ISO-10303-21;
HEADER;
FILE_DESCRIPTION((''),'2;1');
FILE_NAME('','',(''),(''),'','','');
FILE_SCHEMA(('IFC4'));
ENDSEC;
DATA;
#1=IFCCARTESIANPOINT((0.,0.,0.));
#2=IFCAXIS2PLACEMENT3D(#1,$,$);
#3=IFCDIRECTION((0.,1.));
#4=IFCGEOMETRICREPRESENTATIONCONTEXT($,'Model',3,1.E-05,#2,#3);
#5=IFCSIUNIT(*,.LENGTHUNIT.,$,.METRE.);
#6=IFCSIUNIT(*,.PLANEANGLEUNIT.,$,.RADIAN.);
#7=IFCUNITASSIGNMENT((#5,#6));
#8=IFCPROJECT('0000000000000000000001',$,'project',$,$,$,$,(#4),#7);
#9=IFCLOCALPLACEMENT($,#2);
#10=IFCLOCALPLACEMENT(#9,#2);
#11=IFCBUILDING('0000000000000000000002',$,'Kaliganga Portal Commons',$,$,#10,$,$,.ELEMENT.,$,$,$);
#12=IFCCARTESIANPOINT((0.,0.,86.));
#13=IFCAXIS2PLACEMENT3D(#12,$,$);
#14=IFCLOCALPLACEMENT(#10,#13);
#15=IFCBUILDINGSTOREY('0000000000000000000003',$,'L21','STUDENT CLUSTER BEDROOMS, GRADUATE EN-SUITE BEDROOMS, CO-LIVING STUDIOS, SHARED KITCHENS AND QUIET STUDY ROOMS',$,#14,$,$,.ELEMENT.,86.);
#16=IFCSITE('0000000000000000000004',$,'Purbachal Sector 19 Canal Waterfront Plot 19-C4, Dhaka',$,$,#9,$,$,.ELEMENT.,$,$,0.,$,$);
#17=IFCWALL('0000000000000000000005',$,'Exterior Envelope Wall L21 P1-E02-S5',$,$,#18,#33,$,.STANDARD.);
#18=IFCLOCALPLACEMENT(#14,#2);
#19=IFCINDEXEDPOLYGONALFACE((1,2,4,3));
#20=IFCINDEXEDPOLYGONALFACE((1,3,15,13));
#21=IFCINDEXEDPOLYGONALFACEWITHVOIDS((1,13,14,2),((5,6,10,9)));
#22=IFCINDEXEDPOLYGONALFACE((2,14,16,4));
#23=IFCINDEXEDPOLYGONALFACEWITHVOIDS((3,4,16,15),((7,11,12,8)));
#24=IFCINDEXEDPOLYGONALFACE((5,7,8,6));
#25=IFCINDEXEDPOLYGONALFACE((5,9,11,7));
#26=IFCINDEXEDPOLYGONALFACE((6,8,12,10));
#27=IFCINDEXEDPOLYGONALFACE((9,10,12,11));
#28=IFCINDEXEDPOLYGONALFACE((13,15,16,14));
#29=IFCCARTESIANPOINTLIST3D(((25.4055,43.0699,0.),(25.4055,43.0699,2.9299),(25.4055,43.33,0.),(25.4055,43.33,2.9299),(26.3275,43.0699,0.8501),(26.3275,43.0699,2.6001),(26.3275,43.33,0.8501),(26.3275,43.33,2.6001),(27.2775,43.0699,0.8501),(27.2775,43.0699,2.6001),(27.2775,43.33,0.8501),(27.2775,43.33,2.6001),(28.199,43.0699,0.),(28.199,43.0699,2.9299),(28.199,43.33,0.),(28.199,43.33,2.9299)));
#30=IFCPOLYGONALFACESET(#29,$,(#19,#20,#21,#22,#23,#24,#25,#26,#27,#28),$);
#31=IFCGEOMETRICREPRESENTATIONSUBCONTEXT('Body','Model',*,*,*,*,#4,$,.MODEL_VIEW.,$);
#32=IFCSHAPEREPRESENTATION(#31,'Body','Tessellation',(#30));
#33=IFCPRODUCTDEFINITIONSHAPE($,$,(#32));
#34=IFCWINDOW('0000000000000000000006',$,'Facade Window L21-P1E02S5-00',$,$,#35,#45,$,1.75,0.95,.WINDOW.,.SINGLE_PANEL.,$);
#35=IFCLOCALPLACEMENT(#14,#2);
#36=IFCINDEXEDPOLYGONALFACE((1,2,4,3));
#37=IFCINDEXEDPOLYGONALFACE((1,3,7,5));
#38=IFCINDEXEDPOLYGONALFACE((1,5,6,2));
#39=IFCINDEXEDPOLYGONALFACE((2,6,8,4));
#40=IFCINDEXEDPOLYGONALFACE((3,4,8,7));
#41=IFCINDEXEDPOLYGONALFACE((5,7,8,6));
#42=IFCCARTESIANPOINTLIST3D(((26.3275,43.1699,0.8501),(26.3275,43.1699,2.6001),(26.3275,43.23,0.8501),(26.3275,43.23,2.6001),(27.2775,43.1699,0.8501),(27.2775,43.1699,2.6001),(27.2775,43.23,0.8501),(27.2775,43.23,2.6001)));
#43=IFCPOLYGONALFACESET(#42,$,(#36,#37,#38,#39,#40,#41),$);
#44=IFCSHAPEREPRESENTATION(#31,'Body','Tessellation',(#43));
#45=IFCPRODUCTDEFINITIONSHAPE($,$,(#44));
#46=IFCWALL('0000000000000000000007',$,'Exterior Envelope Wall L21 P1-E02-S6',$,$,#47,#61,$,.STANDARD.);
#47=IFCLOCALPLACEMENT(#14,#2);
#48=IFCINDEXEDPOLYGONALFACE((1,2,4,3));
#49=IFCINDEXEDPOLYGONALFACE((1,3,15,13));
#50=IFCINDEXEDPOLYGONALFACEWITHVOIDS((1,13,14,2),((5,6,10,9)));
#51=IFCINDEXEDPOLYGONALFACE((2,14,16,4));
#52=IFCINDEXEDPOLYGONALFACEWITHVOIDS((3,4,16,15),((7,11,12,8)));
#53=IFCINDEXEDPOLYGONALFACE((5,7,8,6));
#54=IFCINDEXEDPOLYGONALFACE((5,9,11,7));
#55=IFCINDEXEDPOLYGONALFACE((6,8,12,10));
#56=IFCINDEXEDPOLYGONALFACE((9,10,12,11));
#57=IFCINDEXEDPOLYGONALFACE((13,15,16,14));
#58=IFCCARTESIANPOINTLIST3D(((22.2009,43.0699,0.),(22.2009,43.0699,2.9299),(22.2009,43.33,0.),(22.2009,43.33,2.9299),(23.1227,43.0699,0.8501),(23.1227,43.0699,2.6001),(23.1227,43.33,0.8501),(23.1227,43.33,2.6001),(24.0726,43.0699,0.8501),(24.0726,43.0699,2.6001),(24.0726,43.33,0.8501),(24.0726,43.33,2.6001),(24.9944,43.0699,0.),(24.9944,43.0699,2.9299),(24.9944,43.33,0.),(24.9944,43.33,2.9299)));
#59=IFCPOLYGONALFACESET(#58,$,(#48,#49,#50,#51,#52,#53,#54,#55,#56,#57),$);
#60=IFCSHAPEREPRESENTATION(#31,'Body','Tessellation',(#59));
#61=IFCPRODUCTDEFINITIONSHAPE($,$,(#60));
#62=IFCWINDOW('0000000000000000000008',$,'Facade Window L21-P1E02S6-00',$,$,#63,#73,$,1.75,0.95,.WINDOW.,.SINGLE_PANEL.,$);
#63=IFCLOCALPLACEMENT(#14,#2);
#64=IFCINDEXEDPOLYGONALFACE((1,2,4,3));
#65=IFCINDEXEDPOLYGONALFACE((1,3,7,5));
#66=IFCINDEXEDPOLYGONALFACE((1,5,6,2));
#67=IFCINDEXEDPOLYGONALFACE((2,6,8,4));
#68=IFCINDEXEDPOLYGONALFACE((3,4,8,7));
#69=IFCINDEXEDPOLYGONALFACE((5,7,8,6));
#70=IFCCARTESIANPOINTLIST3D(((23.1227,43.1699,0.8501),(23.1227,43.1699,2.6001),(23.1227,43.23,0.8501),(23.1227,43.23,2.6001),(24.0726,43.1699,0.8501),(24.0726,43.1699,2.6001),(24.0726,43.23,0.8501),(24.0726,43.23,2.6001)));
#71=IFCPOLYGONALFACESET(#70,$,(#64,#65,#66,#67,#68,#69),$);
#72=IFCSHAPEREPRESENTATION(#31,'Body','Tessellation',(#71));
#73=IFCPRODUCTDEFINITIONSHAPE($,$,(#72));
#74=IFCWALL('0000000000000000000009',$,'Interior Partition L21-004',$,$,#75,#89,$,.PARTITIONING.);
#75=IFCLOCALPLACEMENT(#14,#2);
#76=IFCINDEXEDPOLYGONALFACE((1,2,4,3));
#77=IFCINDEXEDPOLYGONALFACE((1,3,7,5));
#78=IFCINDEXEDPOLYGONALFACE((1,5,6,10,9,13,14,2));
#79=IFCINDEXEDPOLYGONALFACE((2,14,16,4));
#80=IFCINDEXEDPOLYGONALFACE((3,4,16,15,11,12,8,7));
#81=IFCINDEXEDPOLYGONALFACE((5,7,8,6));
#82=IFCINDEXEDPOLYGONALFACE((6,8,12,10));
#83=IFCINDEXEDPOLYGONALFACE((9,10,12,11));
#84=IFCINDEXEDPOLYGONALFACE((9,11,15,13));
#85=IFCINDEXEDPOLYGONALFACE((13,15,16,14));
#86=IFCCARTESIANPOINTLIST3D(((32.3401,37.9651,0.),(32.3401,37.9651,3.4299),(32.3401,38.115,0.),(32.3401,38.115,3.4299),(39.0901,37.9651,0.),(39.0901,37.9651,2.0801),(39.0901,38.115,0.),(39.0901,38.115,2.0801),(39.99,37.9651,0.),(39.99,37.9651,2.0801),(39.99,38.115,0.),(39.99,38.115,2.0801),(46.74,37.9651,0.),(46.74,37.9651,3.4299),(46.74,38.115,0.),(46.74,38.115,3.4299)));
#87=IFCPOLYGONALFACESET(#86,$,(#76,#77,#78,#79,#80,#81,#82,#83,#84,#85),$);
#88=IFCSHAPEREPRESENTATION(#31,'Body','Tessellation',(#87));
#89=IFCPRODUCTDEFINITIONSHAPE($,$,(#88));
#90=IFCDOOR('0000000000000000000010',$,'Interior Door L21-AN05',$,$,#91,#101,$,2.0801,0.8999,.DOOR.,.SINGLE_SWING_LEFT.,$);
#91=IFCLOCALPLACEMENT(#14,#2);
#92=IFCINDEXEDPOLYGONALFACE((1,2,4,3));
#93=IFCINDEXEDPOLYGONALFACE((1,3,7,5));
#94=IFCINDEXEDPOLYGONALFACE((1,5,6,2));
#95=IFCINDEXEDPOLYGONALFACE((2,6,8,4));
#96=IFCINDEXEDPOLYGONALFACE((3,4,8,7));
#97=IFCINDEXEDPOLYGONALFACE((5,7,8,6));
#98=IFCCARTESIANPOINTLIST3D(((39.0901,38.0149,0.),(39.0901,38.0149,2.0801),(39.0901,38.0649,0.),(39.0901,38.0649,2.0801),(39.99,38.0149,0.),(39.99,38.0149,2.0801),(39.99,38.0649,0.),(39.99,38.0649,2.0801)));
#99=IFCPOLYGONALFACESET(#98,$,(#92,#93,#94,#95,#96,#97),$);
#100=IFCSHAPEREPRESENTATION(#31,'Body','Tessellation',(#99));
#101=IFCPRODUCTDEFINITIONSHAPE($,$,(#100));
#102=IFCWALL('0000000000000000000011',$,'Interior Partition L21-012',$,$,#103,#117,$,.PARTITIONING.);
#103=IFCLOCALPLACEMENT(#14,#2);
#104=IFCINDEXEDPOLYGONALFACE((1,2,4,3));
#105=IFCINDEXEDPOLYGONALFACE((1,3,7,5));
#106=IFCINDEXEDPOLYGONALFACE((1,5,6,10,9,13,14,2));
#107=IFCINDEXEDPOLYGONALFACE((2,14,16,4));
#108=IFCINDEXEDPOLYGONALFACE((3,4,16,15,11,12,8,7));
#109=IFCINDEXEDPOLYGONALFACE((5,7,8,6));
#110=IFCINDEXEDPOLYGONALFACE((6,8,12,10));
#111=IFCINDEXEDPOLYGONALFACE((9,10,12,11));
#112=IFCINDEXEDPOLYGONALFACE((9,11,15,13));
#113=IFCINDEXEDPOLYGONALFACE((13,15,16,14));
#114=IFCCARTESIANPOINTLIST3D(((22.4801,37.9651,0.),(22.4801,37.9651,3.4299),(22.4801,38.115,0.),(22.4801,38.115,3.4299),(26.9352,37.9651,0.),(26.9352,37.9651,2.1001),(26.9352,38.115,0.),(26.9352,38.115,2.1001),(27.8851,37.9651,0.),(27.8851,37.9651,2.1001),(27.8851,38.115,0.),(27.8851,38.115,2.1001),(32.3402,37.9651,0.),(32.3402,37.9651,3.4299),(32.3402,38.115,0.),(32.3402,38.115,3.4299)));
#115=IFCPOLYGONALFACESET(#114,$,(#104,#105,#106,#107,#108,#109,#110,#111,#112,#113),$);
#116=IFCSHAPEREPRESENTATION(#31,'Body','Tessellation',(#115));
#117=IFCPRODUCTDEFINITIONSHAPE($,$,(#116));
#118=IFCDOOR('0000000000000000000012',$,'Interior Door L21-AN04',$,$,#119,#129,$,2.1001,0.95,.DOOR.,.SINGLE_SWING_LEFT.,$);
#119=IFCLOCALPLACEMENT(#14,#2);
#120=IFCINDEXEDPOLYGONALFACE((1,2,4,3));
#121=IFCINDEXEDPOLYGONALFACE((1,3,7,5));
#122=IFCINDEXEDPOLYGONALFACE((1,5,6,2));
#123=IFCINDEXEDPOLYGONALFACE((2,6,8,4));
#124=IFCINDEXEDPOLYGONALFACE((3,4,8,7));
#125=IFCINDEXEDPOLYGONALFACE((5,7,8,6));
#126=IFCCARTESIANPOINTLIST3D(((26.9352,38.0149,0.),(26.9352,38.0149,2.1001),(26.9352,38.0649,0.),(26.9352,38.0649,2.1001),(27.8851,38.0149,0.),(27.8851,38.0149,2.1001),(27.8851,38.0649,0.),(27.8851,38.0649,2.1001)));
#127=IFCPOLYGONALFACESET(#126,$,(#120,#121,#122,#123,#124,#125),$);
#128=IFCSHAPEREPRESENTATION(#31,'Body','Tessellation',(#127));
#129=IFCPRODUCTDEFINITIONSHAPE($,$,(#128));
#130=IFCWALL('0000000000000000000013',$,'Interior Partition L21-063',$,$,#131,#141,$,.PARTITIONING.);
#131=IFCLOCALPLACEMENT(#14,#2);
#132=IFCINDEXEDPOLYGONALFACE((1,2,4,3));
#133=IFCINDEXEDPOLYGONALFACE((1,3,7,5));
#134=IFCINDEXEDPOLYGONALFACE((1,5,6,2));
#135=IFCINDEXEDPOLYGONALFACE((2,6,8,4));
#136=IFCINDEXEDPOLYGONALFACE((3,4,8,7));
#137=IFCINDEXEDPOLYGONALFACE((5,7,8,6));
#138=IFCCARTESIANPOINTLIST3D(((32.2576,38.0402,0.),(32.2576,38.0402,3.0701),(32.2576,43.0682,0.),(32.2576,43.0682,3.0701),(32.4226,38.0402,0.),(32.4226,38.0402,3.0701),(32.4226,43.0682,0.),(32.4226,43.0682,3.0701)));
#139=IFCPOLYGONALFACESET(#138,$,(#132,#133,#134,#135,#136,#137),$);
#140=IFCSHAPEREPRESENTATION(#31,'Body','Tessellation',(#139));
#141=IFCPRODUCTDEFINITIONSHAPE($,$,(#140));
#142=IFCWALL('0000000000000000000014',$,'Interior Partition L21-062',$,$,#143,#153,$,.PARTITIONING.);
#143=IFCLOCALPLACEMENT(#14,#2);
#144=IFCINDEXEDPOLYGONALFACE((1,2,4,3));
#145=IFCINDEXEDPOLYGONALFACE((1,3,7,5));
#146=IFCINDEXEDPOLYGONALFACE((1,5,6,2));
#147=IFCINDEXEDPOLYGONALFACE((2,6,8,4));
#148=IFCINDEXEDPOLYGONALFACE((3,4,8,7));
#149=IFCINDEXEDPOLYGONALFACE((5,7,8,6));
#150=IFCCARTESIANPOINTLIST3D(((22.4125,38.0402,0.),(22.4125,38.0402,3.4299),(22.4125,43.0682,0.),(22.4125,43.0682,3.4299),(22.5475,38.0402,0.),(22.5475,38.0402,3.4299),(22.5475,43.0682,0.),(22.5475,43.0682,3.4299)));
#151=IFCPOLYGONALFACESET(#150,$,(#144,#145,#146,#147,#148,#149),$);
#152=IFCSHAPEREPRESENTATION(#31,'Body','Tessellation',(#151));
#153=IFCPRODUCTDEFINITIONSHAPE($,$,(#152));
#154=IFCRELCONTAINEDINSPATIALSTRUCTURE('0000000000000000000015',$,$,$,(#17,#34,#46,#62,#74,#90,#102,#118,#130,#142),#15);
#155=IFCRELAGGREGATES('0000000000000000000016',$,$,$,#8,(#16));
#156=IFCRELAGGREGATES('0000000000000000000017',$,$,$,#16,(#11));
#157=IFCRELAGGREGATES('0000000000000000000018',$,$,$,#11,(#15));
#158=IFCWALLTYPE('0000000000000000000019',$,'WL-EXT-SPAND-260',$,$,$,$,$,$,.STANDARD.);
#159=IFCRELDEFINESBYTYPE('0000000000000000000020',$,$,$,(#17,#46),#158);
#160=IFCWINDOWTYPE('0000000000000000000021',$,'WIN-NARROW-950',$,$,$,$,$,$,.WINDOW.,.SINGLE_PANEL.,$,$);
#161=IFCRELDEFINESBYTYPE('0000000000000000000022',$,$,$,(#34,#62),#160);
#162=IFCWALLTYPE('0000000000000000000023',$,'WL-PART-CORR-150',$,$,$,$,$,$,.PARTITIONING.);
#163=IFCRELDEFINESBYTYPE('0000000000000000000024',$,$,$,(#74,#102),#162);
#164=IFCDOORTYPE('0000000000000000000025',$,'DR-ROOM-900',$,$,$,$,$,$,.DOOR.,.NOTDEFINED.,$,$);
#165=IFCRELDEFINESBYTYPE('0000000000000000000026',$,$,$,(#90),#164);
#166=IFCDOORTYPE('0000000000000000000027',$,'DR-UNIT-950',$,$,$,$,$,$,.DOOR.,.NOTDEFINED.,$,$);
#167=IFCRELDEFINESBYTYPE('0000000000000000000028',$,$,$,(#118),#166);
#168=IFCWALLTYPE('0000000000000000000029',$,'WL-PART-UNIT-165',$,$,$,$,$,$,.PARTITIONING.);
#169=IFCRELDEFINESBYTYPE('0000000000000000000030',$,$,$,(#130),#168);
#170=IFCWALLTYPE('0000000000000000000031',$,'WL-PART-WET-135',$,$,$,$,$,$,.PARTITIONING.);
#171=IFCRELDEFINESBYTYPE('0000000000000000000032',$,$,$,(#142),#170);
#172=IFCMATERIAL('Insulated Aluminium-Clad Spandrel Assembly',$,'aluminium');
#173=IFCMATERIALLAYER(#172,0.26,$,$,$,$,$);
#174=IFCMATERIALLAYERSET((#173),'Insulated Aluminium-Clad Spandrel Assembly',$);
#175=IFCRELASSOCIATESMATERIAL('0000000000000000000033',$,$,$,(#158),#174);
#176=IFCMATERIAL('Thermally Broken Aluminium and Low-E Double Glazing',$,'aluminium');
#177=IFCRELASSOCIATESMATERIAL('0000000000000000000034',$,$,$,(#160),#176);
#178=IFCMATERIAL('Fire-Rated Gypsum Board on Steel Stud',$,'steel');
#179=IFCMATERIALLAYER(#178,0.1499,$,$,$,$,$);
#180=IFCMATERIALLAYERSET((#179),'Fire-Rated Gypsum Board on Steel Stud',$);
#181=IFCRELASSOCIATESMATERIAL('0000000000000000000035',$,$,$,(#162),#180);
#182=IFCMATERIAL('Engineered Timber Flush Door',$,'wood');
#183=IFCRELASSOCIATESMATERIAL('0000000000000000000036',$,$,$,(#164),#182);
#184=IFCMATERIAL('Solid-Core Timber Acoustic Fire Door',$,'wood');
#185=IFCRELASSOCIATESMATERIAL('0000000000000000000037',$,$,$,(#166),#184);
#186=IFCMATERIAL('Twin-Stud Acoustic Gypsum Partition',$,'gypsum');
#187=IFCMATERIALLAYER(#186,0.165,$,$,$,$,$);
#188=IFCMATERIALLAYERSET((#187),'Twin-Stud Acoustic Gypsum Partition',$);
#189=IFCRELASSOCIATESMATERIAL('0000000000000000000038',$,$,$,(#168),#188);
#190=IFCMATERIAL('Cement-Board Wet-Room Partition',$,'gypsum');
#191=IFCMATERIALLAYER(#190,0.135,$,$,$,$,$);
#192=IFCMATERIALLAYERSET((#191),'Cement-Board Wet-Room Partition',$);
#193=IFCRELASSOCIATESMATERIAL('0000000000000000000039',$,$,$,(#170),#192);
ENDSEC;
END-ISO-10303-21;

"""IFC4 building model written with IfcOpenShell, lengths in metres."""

from ifc_helpers import new_model, si_unit, direction, frame, frame_2d, origin, place, context, subcontext, project, spatial, rectangle, extrude, material, layer, layer_set, type_object, element, fill, save


model = new_model("IFC4")

# Units and contexts
model_context = context("Model", 3, precision=1e-05, world=origin(), true_north=direction((0.0, 1.0)))
body_context = subcontext(model_context, "Body", "Model", "MODEL_VIEW")
ifc_project = project(units=[si_unit("LENGTHUNIT", "METRE"), si_unit("PLANEANGLEUNIT", "RADIAN")], contexts=[model_context])

# Site, building, storey
site_placement = place(None, origin())
site = spatial("IfcSite", under=ifc_project, at=site_placement, Name="Purbachal Sector 19 Canal Waterfront Plot 19-C4, Dhaka", CompositionType="ELEMENT", RefElevation=0.0)
building_placement = place(site_placement, origin())
building = spatial("IfcBuilding", under=site, at=building_placement, Name="Kaliganga Portal Commons", CompositionType="ELEMENT")
storey_placement = place(building_placement, frame((0.0, 0.0, 86.0)))
storey = spatial("IfcBuildingStorey", under=building, at=storey_placement, Name="L21", Description="STUDENT CLUSTER BEDROOMS, GRADUATE EN-SUITE BEDROOMS, CO-LIVING STUDIOS, SHARED KITCHENS AND QUIET STUDY ROOMS", CompositionType="ELEMENT", Elevation=86.0)

# Walls, openings, windows
ifc_material_1 = material(Name="Insulated Aluminium-Clad Spandrel Assembly", Category="aluminium")
ifc_layer_1 = layer(ifc_material_1, 0.26)
ifc_layer_set_1 = layer_set([ifc_layer_1], Name="Insulated Aluminium-Clad Spandrel Assembly")
wall_type_1 = type_object("IfcWallType", Name="WL-EXT-SPAND-260", PredefinedType="STANDARD", material=ifc_layer_set_1)
ifc_material_2 = material(Name="Thermally Broken Aluminium and Low-E Double Glazing", Category="aluminium")
window_type = type_object("IfcWindowType", Name="WIN-NARROW-950", PartitioningType="SINGLE_PANEL", PredefinedType="WINDOW", material=ifc_material_2)
wall_1_placement = place(storey_placement, frame((25.4055, 43.2, 0.0), z_axis=(0.0, 0.0, 1.0), x_axis=(1.0, 0.0, 0.0)))
wall_1 = element("IfcWall", 1, at=wall_1_placement, inside=storey, type_object=wall_type_1, Name="Exterior Envelope Wall L21 P1-E02-S5", PredefinedType="STANDARD", context=body_context, shape_type="SweptSolid", body=[
    extrude(rectangle(XDim=2.7935, YDim=0.26, at=frame_2d((1.3967, 0.0))), origin(), (0.0, 0.0, 1.0), 2.9299),
])
opening_1_placement = place(wall_1_placement, frame((0.9219, 0.0, 0.8501)))
opening_1 = element("IfcOpeningElement", 2, at=opening_1_placement, cuts=wall_1, PredefinedType="OPENING", context=body_context, shape_type="SweptSolid", body=[
    extrude(rectangle(XDim=0.95, YDim=1.75, at=frame_2d((0.4751, 0.875))), frame((0.0, 0.1401, 0.0), z_axis=(0.0, -1.0, 0.0), x_axis=(1.0, 0.0, 0.0)), (0.0, 0.0, 1.0), 0.28),
])
window_1_placement = place(opening_1_placement, origin())
window_1 = element("IfcWindow", 3, at=window_1_placement, inside=storey, type_object=window_type, Name="Facade Window L21-P1E02S5-00", OverallHeight=1.75, OverallWidth=0.95, PartitioningType="SINGLE_PANEL", PredefinedType="WINDOW", context=body_context, shape_type="SweptSolid", body=[
    extrude(rectangle(XDim=0.95, YDim=1.75, at=frame_2d((0.4751, 0.875))), frame((0.0, 0.03, 0.0), z_axis=(0.0, -1.0, 0.0), x_axis=(1.0, 0.0, 0.0)), (0.0, 0.0, 1.0), 0.0601),
])
fill(opening_1, window_1)
wall_2_placement = place(storey_placement, frame((22.2009, 43.2, 0.0), z_axis=(0.0, 0.0, 1.0), x_axis=(1.0, 0.0, 0.0)))
wall_2 = element("IfcWall", 4, at=wall_2_placement, inside=storey, type_object=wall_type_1, Name="Exterior Envelope Wall L21 P1-E02-S6", PredefinedType="STANDARD", context=body_context, shape_type="SweptSolid", body=[
    extrude(rectangle(XDim=2.7935, YDim=0.26, at=frame_2d((1.3967, 0.0))), origin(), (0.0, 0.0, 1.0), 2.9299),
])
opening_2_placement = place(wall_2_placement, frame((0.9216, 0.0, 0.8501)))
opening_2 = element("IfcOpeningElement", 5, at=opening_2_placement, cuts=wall_2, PredefinedType="OPENING", context=body_context, shape_type="SweptSolid", body=[
    extrude(rectangle(XDim=0.95, YDim=1.75, at=frame_2d((0.4751, 0.875))), frame((0.0, 0.1401, 0.0), z_axis=(0.0, -1.0, 0.0), x_axis=(1.0, 0.0, 0.0)), (0.0, 0.0, 1.0), 0.28),
])
window_2_placement = place(opening_2_placement, origin())
window_2 = element("IfcWindow", 6, at=window_2_placement, inside=storey, type_object=window_type, Name="Facade Window L21-P1E02S6-00", OverallHeight=1.75, OverallWidth=0.95, PartitioningType="SINGLE_PANEL", PredefinedType="WINDOW", context=body_context, shape_type="SweptSolid", body=[
    extrude(rectangle(XDim=0.95, YDim=1.75, at=frame_2d((0.4751, 0.875))), frame((0.0, 0.03, 0.0), z_axis=(0.0, -1.0, 0.0), x_axis=(1.0, 0.0, 0.0)), (0.0, 0.0, 1.0), 0.0601),
])
fill(opening_2, window_2)

# Walls, openings, doors
ifc_material_3 = material(Name="Fire-Rated Gypsum Board on Steel Stud", Category="steel")
ifc_layer_2 = layer(ifc_material_3, 0.1499)
ifc_layer_set_2 = layer_set([ifc_layer_2], Name="Fire-Rated Gypsum Board on Steel Stud")
wall_type_2 = type_object("IfcWallType", Name="WL-PART-CORR-150", PredefinedType="PARTITIONING", material=ifc_layer_set_2)
wall_3_placement = place(storey_placement, frame((32.3401, 38.04, 0.0), z_axis=(0.0, 0.0, 1.0), x_axis=(1.0, 0.0, 0.0)))
wall_3 = element("IfcWall", 7, at=wall_3_placement, inside=storey, type_object=wall_type_2, Name="Interior Partition L21-004", PredefinedType="PARTITIONING", context=body_context, shape_type="SweptSolid", body=[
    extrude(rectangle(XDim=14.3999, YDim=0.1499, at=frame_2d((7.2, 0.0))), origin(), (0.0, 0.0, 1.0), 3.4299),
])
opening_3_placement = place(wall_3_placement, frame((6.75, 0.0, 0.0)))
opening_3 = element("IfcOpeningElement", 8, at=opening_3_placement, cuts=wall_3, PredefinedType="OPENING", context=body_context, shape_type="SweptSolid", body=[
    extrude(rectangle(XDim=0.8999, YDim=2.0801, at=frame_2d((0.45, 1.04))), frame((0.0, 0.085, 0.0), z_axis=(0.0, -1.0, 0.0), x_axis=(1.0, 0.0, 0.0)), (0.0, 0.0, 1.0), 0.1699),
])
ifc_material_4 = material(Name="Engineered Timber Flush Door", Category="wood")
door_type_1 = type_object("IfcDoorType", Name="DR-ROOM-900", OperationType="NOTDEFINED", PredefinedType="DOOR", material=ifc_material_4)
door_1_placement = place(opening_3_placement, origin())
door_1 = element("IfcDoor", 9, at=door_1_placement, inside=storey, type_object=door_type_1, Name="Interior Door L21-AN05", OperationType="SINGLE_SWING_LEFT", OverallHeight=2.0801, OverallWidth=0.8999, PredefinedType="DOOR", context=body_context, shape_type="SweptSolid", body=[
    extrude(rectangle(XDim=0.8999, YDim=2.0801, at=frame_2d((0.45, 1.04))), frame((0.0, 0.0249, 0.0), z_axis=(0.0, -1.0, 0.0), x_axis=(1.0, 0.0, 0.0)), (0.0, 0.0, 1.0), 0.05),
])
fill(opening_3, door_1)
wall_4_placement = place(storey_placement, frame((22.48, 38.04, 0.0), z_axis=(0.0, 0.0, 1.0), x_axis=(1.0, 0.0, 0.0)))
wall_4 = element("IfcWall", 10, at=wall_4_placement, inside=storey, type_object=wall_type_2, Name="Interior Partition L21-012", PredefinedType="PARTITIONING", context=body_context, shape_type="SweptSolid", body=[
    extrude(rectangle(XDim=9.8601, YDim=0.1499, at=frame_2d((4.9302, 0.0))), origin(), (0.0, 0.0, 1.0), 3.4299),
])
opening_4_placement = place(wall_4_placement, frame((4.4551, 0.0, 0.0)))
opening_4 = element("IfcOpeningElement", 11, at=opening_4_placement, cuts=wall_4, PredefinedType="OPENING", context=body_context, shape_type="SweptSolid", body=[
    extrude(rectangle(XDim=0.95, YDim=2.1001, at=frame_2d((0.4751, 1.05))), frame((0.0, 0.085, 0.0), z_axis=(0.0, -1.0, 0.0), x_axis=(1.0, 0.0, 0.0)), (0.0, 0.0, 1.0), 0.1699),
])
ifc_material_5 = material(Name="Solid-Core Timber Acoustic Fire Door", Category="wood")
door_type_2 = type_object("IfcDoorType", Name="DR-UNIT-950", OperationType="NOTDEFINED", PredefinedType="DOOR", material=ifc_material_5)
door_2_placement = place(opening_4_placement, origin())
door_2 = element("IfcDoor", 12, at=door_2_placement, inside=storey, type_object=door_type_2, Name="Interior Door L21-AN04", OperationType="SINGLE_SWING_LEFT", OverallHeight=2.1001, OverallWidth=0.95, PredefinedType="DOOR", context=body_context, shape_type="SweptSolid", body=[
    extrude(rectangle(XDim=0.95, YDim=2.1001, at=frame_2d((0.4751, 1.05))), frame((0.0, 0.0249, 0.0), z_axis=(0.0, -1.0, 0.0), x_axis=(1.0, 0.0, 0.0)), (0.0, 0.0, 1.0), 0.05),
])
fill(opening_4, door_2)

# Walls
ifc_material_6 = material(Name="Twin-Stud Acoustic Gypsum Partition", Category="gypsum")
ifc_layer_3 = layer(ifc_material_6, 0.165)
ifc_layer_set_3 = layer_set([ifc_layer_3], Name="Twin-Stud Acoustic Gypsum Partition")
wall_type_3 = type_object("IfcWallType", Name="WL-PART-UNIT-165", PredefinedType="PARTITIONING", material=ifc_layer_set_3)
wall_5_placement = place(storey_placement, frame((32.3401, 38.04, 0.0), z_axis=(0.0, 0.0, 1.0), x_axis=(0.0, 1.0, 0.0)))
element("IfcWall", 13, at=wall_5_placement, inside=storey, type_object=wall_type_3, Name="Interior Partition L21-063", PredefinedType="PARTITIONING", context=body_context, shape_type="SweptSolid", body=[
    extrude(rectangle(XDim=5.0281, YDim=0.165, at=frame_2d((2.5142, 0.0))), origin(), (0.0, 0.0, 1.0), 3.0701),
])
ifc_material_7 = material(Name="Cement-Board Wet-Room Partition", Category="gypsum")
ifc_layer_4 = layer(ifc_material_7, 0.135)
ifc_layer_set_4 = layer_set([ifc_layer_4], Name="Cement-Board Wet-Room Partition")
wall_type_4 = type_object("IfcWallType", Name="WL-PART-WET-135", PredefinedType="PARTITIONING", material=ifc_layer_set_4)
wall_6_placement = place(storey_placement, frame((22.48, 38.04, 0.0), z_axis=(0.0, 0.0, 1.0), x_axis=(0.0, 1.0, 0.0)))
element("IfcWall", 14, at=wall_6_placement, inside=storey, type_object=wall_type_4, Name="Interior Partition L21-062", PredefinedType="PARTITIONING", context=body_context, shape_type="SweptSolid", body=[
    extrude(rectangle(XDim=5.0281, YDim=0.135, at=frame_2d((2.5142, 0.0))), origin(), (0.0, 0.0, 1.0), 3.4299),
])

save(model, "model.ifc")
